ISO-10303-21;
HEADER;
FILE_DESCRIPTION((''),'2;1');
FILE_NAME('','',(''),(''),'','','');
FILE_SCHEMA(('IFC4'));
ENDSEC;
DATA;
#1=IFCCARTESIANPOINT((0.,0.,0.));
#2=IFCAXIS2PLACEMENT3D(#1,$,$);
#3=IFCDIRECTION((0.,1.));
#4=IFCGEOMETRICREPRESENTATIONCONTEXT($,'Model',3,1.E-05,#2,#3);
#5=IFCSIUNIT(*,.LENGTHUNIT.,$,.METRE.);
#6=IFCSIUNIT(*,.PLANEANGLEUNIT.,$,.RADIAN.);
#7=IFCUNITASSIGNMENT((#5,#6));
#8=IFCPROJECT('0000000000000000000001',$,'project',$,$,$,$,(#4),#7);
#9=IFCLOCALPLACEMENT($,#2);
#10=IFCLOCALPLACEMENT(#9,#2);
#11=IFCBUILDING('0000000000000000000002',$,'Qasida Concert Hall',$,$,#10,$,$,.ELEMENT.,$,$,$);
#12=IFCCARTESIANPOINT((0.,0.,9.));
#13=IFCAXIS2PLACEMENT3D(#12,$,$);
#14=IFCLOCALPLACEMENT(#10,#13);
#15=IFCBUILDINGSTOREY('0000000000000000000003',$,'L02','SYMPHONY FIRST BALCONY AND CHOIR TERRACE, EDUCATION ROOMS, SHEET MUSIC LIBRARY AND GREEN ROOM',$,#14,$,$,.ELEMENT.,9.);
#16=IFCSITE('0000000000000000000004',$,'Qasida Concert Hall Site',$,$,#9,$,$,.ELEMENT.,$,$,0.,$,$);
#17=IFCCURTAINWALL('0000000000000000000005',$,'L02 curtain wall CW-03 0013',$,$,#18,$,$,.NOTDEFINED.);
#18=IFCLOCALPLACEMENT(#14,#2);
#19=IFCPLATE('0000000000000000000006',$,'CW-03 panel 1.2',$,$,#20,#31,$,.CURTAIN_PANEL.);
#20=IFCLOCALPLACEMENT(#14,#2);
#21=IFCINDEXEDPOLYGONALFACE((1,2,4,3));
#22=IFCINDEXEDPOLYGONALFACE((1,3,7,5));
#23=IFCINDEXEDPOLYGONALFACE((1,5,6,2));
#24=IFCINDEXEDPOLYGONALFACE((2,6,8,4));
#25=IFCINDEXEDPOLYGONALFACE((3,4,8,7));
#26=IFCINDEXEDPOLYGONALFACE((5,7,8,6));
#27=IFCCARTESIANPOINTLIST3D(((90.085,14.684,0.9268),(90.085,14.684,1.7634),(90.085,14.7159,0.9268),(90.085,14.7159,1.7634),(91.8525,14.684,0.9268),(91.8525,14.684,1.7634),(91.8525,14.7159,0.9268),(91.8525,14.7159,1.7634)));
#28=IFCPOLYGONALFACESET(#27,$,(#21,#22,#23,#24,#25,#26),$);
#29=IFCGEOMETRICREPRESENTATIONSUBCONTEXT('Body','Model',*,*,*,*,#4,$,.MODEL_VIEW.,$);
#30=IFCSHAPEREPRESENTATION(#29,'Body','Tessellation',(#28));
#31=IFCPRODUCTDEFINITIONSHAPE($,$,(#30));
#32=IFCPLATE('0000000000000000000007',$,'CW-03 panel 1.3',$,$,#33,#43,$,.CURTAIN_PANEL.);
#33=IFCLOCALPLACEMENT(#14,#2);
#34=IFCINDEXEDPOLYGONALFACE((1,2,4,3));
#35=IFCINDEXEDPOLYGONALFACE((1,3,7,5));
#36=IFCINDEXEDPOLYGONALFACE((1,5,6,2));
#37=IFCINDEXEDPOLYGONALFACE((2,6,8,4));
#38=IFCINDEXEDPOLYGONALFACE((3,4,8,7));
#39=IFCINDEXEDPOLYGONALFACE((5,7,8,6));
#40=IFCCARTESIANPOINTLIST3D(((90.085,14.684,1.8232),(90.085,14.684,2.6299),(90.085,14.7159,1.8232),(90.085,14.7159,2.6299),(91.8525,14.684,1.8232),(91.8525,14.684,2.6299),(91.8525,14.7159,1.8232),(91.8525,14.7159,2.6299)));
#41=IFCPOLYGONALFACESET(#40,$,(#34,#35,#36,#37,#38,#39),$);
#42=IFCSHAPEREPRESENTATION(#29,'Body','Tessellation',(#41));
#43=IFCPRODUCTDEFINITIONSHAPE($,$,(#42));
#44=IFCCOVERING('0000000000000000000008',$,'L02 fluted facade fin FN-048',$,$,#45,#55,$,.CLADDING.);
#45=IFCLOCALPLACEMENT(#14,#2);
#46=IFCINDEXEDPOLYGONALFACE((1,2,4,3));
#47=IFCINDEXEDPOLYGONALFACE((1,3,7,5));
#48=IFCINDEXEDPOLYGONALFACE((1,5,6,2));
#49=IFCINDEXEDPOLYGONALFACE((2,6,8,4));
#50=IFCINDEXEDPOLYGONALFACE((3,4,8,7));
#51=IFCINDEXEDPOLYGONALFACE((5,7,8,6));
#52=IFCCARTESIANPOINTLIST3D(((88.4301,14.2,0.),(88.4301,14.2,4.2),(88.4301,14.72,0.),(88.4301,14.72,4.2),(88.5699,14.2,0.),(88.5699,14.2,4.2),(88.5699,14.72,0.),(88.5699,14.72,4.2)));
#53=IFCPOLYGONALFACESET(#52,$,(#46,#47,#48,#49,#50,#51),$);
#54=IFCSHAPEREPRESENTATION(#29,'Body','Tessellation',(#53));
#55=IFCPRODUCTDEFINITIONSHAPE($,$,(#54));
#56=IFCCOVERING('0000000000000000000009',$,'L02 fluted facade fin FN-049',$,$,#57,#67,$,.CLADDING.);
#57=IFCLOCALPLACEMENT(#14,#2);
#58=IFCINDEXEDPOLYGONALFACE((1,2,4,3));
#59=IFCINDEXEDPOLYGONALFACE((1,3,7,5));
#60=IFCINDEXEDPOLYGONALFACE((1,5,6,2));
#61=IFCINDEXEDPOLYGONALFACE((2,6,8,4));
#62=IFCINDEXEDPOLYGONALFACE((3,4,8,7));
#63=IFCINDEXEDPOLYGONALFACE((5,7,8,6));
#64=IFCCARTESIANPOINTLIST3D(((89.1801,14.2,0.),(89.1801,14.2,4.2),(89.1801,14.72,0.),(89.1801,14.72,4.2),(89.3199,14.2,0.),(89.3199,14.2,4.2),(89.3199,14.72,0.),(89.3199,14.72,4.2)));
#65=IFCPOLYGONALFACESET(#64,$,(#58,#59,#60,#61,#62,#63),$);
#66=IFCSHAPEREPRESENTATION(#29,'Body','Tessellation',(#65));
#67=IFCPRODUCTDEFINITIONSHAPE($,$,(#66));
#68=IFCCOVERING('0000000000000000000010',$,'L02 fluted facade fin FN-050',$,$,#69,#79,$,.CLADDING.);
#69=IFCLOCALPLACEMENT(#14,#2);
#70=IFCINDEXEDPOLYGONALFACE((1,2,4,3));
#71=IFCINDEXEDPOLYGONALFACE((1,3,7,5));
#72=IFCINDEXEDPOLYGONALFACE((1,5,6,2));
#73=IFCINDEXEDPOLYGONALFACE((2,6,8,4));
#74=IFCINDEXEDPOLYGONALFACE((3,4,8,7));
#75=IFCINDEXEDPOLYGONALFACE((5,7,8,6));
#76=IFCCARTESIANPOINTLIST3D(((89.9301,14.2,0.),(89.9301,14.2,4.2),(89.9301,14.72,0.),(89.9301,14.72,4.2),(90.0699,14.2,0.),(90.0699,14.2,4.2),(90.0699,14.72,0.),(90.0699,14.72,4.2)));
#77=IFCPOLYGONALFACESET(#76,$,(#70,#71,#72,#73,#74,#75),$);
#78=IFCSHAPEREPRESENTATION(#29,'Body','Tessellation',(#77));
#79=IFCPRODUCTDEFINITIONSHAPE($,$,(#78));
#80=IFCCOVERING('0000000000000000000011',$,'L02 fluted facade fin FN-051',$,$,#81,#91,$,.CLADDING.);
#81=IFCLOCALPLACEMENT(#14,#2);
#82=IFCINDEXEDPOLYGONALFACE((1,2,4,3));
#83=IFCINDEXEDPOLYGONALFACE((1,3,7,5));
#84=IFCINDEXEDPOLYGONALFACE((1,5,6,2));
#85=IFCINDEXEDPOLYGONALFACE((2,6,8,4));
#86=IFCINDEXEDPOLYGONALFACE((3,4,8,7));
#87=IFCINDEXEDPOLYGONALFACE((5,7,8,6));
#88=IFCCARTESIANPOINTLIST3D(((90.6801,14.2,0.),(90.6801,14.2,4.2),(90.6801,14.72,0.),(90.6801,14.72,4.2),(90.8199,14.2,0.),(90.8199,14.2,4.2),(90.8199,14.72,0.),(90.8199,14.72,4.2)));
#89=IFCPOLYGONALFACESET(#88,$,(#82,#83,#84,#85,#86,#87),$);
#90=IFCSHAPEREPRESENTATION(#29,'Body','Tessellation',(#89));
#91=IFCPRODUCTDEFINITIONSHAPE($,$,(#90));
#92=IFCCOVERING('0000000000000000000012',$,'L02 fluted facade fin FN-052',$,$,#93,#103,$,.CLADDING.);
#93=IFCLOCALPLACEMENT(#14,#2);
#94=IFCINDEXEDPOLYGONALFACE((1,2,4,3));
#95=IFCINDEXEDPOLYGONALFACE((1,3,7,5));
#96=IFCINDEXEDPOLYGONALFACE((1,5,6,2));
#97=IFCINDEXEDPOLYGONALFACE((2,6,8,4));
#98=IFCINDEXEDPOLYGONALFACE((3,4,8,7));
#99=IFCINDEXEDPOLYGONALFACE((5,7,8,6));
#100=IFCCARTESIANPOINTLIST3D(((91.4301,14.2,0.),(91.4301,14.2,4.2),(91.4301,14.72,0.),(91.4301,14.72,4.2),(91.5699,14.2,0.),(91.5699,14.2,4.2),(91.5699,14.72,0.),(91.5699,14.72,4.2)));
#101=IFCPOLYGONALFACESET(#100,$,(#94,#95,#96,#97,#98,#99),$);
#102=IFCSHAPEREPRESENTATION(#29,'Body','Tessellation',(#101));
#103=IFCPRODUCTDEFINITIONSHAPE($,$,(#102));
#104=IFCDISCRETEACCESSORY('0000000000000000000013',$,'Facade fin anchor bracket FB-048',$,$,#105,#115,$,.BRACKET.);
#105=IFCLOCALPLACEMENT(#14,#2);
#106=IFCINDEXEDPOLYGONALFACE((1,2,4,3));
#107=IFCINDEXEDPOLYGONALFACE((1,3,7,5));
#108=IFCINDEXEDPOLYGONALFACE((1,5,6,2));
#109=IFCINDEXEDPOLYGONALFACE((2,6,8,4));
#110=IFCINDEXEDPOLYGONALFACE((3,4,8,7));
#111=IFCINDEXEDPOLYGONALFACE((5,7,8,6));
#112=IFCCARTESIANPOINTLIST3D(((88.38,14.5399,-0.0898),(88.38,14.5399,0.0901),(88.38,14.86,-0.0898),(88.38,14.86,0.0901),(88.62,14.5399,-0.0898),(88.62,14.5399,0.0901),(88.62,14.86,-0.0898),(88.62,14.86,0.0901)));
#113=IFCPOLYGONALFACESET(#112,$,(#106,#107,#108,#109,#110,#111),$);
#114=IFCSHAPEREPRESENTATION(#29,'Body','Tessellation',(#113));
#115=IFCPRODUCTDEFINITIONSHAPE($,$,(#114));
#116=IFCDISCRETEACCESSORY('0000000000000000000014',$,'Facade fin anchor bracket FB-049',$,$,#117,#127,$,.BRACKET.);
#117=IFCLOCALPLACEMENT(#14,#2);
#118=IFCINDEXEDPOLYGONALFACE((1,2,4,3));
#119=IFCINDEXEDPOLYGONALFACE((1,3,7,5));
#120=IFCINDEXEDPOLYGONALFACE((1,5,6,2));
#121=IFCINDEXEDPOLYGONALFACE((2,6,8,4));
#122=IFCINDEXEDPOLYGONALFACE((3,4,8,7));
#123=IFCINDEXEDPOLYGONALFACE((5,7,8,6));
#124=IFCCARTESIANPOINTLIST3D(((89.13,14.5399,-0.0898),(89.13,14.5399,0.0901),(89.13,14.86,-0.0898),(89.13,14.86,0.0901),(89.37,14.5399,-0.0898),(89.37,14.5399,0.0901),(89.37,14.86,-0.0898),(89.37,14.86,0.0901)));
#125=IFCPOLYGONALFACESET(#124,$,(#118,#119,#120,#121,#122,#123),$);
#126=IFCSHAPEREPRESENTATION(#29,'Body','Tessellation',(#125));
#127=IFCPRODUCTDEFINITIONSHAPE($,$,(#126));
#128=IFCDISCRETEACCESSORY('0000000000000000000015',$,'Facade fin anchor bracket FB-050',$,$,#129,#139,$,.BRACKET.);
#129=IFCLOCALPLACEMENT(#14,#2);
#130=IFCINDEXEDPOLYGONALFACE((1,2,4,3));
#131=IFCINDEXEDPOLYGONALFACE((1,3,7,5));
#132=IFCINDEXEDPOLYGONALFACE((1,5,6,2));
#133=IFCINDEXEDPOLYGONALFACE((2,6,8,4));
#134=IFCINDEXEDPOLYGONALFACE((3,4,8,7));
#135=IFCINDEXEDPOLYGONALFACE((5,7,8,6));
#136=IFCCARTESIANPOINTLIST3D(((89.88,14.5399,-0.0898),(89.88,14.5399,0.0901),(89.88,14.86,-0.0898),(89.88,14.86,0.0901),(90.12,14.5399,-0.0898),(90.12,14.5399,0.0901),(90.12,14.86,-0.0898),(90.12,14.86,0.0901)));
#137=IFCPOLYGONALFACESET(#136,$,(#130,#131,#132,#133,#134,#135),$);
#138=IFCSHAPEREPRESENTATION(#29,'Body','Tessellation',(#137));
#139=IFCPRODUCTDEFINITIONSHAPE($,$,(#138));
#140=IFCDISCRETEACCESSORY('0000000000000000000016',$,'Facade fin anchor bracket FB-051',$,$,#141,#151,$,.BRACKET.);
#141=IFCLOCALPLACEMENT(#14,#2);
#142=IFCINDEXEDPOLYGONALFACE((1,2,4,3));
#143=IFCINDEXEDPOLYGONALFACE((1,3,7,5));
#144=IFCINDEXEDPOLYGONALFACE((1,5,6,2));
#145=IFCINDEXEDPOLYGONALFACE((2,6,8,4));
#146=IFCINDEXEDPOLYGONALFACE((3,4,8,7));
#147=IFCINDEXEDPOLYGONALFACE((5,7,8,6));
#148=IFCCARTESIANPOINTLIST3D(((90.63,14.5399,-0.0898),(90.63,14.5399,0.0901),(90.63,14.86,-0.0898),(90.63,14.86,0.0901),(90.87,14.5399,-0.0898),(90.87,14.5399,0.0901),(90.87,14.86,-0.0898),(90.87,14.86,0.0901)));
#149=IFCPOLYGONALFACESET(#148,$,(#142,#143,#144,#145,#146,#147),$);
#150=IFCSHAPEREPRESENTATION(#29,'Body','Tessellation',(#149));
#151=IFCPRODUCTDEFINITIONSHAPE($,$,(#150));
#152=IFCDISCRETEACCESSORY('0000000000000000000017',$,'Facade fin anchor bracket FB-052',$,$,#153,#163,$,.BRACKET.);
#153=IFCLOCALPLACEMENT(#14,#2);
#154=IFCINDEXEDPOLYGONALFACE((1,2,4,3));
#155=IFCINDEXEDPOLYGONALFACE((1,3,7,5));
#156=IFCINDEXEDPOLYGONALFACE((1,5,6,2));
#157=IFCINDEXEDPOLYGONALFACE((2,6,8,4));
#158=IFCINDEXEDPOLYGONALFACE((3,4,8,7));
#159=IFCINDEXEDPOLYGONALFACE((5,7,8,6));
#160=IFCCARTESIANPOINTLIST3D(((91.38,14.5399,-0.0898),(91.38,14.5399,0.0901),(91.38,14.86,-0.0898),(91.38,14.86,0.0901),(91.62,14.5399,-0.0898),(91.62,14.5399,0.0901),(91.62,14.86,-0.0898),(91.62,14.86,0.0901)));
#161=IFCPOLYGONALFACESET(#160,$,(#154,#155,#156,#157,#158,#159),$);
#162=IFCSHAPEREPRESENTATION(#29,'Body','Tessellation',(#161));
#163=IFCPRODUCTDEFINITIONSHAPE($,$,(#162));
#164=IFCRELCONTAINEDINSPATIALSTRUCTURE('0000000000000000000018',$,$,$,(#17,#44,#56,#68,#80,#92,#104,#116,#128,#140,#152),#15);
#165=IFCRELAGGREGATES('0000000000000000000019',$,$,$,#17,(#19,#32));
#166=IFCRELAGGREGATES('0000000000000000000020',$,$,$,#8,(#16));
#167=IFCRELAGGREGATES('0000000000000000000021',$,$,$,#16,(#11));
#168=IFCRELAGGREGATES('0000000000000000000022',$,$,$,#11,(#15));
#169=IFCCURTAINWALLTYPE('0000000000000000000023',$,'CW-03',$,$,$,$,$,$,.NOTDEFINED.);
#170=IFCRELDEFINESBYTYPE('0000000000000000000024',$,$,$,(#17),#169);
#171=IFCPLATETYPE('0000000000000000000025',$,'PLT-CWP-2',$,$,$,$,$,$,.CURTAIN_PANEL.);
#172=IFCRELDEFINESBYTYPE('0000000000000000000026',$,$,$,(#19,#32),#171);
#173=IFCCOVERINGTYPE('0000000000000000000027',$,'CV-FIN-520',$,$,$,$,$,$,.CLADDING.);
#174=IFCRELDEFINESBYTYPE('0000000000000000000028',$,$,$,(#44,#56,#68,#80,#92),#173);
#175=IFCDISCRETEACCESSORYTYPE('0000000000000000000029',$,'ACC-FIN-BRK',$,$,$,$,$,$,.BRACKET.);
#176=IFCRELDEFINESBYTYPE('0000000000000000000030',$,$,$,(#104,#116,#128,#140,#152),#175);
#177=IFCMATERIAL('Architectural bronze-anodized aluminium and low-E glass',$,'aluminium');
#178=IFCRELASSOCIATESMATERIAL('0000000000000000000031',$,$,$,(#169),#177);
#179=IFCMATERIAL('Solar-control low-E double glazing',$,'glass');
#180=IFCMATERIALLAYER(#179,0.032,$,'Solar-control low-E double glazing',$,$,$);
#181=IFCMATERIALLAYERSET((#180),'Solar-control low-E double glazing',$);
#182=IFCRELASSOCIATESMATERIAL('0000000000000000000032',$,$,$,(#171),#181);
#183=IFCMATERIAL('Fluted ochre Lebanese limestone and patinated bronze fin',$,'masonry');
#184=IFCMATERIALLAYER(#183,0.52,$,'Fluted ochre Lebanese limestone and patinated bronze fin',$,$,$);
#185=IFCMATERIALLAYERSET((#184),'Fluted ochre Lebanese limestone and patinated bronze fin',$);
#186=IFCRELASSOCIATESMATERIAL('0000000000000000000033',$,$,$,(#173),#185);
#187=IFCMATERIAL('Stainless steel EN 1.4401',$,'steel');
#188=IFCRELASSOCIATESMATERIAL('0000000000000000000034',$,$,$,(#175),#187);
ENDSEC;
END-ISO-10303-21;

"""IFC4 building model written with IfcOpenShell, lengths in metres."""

from ifc_helpers import new_model, si_unit, direction, frame, origin, origin_2d, place, context, subcontext, project, spatial, rectangle, extrude, material, layer, layer_set, type_object, element, aggregate, save


model = new_model("IFC4")

# Units and contexts
model_context = context("Model", 3, precision=1e-05, world=origin(), true_north=direction((0.0, 1.0)))
body_context = subcontext(model_context, "Body", "Model", "MODEL_VIEW")
ifc_project = project(units=[si_unit("LENGTHUNIT", "METRE"), si_unit("PLANEANGLEUNIT", "RADIAN")], contexts=[model_context])

# Site, building, storey
site_placement = place(None, origin())
site = spatial("IfcSite", under=ifc_project, at=site_placement, Name="Qasida Concert Hall Site", CompositionType="ELEMENT", RefElevation=0.0)
building_placement = place(site_placement, origin())
building = spatial("IfcBuilding", under=site, at=building_placement, Name="Qasida Concert Hall", CompositionType="ELEMENT")
storey_placement = place(building_placement, frame((0.0, 0.0, 9.0)))
storey = spatial("IfcBuildingStorey", under=building, at=storey_placement, Name="L02", Description="SYMPHONY FIRST BALCONY AND CHOIR TERRACE, EDUCATION ROOMS, SHEET MUSIC LIBRARY AND GREEN ROOM", CompositionType="ELEMENT", Elevation=9.0)

# Shared definitions
ifc_material_1 = material(Name="Architectural bronze-anodized aluminium and low-E glass", Category="aluminium")
curtain_wall_type = type_object("IfcCurtainWallType", Name="CW-03", PredefinedType="NOTDEFINED", material=ifc_material_1)

# Curtain wall
curtain_wall_1_placement = place(storey_placement, origin())
curtain_wall_1 = element("IfcCurtainWall", 1, at=curtain_wall_1_placement, inside=storey, type_object=curtain_wall_type, Name="L02 curtain wall CW-03 0013", PredefinedType="NOTDEFINED")

# Plates
ifc_material_2 = material(Name="Solar-control low-E double glazing", Category="glass")
ifc_layer_1 = layer(ifc_material_2, 0.032, Name="Solar-control low-E double glazing")
ifc_layer_set_1 = layer_set([ifc_layer_1], Name="Solar-control low-E double glazing")
plate_type = type_object("IfcPlateType", Name="PLT-CWP-2", PredefinedType="CURTAIN_PANEL", material=ifc_layer_set_1)
plate_1_placement = place(storey_placement, frame((90.9688, 14.7, 0.9268), z_axis=(0.0, 0.0, 1.0), x_axis=(1.0, 0.0, 0.0)))
plate_1 = element("IfcPlate", 2, at=plate_1_placement, type_object=plate_type, Name="CW-03 panel 1.2", PredefinedType="CURTAIN_PANEL", context=body_context, shape_type="SweptSolid", body=[
    extrude(rectangle(XDim=1.7676, YDim=0.032, at=origin_2d()), origin(), (0.0, 0.0, 1.0), 0.8367),
])
plate_2_placement = place(storey_placement, frame((90.9688, 14.7, 1.8232), z_axis=(0.0, 0.0, 1.0), x_axis=(1.0, 0.0, 0.0)))
plate_2 = element("IfcPlate", 3, at=plate_2_placement, type_object=plate_type, Name="CW-03 panel 1.3", PredefinedType="CURTAIN_PANEL", context=body_context, shape_type="SweptSolid", body=[
    extrude(rectangle(XDim=1.7676, YDim=0.032, at=origin_2d()), origin(), (0.0, 0.0, 1.0), 0.8066),
])
aggregate(curtain_wall_1, [plate_1, plate_2])

# Coverings
ifc_material_3 = material(Name="Fluted ochre Lebanese limestone and patinated bronze fin", Category="masonry")
ifc_layer_2 = layer(ifc_material_3, 0.52, Name="Fluted ochre Lebanese limestone and patinated bronze fin")
ifc_layer_set_2 = layer_set([ifc_layer_2], Name="Fluted ochre Lebanese limestone and patinated bronze fin")
covering_type = type_object("IfcCoveringType", Name="CV-FIN-520", PredefinedType="CLADDING", material=ifc_layer_set_2)
for number, where, z_axis, x_axis, name in (
    (4, (88.5, 14.46, 0.0), (0.0, 0.0, 1.0), (1.0, 0.0, 0.0), "L02 fluted facade fin FN-048"),
    (5, (89.25, 14.46, 0.0), (0.0, 0.0, 1.0), (1.0, 0.0, 0.0), "L02 fluted facade fin FN-049"),
    (6, (90.0, 14.46, 0.0), (0.0, 0.0, 1.0), (1.0, 0.0, 0.0), "L02 fluted facade fin FN-050"),
    (7, (90.75, 14.46, 0.0), (0.0, 0.0, 1.0), (1.0, 0.0, 0.0), "L02 fluted facade fin FN-051"),
    (8, (91.5, 14.46, 0.0), (0.0, 0.0, 1.0), (1.0, 0.0, 0.0), "L02 fluted facade fin FN-052"),
):
    element("IfcCovering", number, at=place(storey_placement, frame(where, z_axis=z_axis, x_axis=x_axis)), inside=storey, type_object=covering_type, Name=name, PredefinedType="CLADDING", context=body_context, shape_type="SweptSolid", body=[
        extrude(rectangle(XDim=0.1399, YDim=0.52, at=origin_2d()), origin(), (0.0, 0.0, 1.0), 4.2),
    ])

# Discrete accessories
ifc_material_4 = material(Name="Stainless steel EN 1.4401", Category="steel")
discrete_accessory_type = type_object("IfcDiscreteAccessoryType", Name="ACC-FIN-BRK", PredefinedType="BRACKET", material=ifc_material_4)
for number, where, z_axis, x_axis, name in (
    (9, (88.5, 14.7, -0.0898), (0.0, 0.0, 1.0), (1.0, 0.0, 0.0), "Facade fin anchor bracket FB-048"),
    (10, (89.25, 14.7, -0.0898), (0.0, 0.0, 1.0), (1.0, 0.0, 0.0), "Facade fin anchor bracket FB-049"),
    (11, (90.0, 14.7, -0.0898), (0.0, 0.0, 1.0), (1.0, 0.0, 0.0), "Facade fin anchor bracket FB-050"),
    (12, (90.75, 14.7, -0.0898), (0.0, 0.0, 1.0), (1.0, 0.0, 0.0), "Facade fin anchor bracket FB-051"),
    (13, (91.5, 14.7, -0.0898), (0.0, 0.0, 1.0), (1.0, 0.0, 0.0), "Facade fin anchor bracket FB-052"),
):
    element("IfcDiscreteAccessory", number, at=place(storey_placement, frame(where, z_axis=z_axis, x_axis=x_axis)), inside=storey, type_object=discrete_accessory_type, Name=name, PredefinedType="BRACKET", context=body_context, shape_type="SweptSolid", body=[
        extrude(rectangle(XDim=0.24, YDim=0.3201, at=origin_2d()), origin(), (0.0, 0.0, 1.0), 0.1799),
    ])

save(model, "model.ifc")
